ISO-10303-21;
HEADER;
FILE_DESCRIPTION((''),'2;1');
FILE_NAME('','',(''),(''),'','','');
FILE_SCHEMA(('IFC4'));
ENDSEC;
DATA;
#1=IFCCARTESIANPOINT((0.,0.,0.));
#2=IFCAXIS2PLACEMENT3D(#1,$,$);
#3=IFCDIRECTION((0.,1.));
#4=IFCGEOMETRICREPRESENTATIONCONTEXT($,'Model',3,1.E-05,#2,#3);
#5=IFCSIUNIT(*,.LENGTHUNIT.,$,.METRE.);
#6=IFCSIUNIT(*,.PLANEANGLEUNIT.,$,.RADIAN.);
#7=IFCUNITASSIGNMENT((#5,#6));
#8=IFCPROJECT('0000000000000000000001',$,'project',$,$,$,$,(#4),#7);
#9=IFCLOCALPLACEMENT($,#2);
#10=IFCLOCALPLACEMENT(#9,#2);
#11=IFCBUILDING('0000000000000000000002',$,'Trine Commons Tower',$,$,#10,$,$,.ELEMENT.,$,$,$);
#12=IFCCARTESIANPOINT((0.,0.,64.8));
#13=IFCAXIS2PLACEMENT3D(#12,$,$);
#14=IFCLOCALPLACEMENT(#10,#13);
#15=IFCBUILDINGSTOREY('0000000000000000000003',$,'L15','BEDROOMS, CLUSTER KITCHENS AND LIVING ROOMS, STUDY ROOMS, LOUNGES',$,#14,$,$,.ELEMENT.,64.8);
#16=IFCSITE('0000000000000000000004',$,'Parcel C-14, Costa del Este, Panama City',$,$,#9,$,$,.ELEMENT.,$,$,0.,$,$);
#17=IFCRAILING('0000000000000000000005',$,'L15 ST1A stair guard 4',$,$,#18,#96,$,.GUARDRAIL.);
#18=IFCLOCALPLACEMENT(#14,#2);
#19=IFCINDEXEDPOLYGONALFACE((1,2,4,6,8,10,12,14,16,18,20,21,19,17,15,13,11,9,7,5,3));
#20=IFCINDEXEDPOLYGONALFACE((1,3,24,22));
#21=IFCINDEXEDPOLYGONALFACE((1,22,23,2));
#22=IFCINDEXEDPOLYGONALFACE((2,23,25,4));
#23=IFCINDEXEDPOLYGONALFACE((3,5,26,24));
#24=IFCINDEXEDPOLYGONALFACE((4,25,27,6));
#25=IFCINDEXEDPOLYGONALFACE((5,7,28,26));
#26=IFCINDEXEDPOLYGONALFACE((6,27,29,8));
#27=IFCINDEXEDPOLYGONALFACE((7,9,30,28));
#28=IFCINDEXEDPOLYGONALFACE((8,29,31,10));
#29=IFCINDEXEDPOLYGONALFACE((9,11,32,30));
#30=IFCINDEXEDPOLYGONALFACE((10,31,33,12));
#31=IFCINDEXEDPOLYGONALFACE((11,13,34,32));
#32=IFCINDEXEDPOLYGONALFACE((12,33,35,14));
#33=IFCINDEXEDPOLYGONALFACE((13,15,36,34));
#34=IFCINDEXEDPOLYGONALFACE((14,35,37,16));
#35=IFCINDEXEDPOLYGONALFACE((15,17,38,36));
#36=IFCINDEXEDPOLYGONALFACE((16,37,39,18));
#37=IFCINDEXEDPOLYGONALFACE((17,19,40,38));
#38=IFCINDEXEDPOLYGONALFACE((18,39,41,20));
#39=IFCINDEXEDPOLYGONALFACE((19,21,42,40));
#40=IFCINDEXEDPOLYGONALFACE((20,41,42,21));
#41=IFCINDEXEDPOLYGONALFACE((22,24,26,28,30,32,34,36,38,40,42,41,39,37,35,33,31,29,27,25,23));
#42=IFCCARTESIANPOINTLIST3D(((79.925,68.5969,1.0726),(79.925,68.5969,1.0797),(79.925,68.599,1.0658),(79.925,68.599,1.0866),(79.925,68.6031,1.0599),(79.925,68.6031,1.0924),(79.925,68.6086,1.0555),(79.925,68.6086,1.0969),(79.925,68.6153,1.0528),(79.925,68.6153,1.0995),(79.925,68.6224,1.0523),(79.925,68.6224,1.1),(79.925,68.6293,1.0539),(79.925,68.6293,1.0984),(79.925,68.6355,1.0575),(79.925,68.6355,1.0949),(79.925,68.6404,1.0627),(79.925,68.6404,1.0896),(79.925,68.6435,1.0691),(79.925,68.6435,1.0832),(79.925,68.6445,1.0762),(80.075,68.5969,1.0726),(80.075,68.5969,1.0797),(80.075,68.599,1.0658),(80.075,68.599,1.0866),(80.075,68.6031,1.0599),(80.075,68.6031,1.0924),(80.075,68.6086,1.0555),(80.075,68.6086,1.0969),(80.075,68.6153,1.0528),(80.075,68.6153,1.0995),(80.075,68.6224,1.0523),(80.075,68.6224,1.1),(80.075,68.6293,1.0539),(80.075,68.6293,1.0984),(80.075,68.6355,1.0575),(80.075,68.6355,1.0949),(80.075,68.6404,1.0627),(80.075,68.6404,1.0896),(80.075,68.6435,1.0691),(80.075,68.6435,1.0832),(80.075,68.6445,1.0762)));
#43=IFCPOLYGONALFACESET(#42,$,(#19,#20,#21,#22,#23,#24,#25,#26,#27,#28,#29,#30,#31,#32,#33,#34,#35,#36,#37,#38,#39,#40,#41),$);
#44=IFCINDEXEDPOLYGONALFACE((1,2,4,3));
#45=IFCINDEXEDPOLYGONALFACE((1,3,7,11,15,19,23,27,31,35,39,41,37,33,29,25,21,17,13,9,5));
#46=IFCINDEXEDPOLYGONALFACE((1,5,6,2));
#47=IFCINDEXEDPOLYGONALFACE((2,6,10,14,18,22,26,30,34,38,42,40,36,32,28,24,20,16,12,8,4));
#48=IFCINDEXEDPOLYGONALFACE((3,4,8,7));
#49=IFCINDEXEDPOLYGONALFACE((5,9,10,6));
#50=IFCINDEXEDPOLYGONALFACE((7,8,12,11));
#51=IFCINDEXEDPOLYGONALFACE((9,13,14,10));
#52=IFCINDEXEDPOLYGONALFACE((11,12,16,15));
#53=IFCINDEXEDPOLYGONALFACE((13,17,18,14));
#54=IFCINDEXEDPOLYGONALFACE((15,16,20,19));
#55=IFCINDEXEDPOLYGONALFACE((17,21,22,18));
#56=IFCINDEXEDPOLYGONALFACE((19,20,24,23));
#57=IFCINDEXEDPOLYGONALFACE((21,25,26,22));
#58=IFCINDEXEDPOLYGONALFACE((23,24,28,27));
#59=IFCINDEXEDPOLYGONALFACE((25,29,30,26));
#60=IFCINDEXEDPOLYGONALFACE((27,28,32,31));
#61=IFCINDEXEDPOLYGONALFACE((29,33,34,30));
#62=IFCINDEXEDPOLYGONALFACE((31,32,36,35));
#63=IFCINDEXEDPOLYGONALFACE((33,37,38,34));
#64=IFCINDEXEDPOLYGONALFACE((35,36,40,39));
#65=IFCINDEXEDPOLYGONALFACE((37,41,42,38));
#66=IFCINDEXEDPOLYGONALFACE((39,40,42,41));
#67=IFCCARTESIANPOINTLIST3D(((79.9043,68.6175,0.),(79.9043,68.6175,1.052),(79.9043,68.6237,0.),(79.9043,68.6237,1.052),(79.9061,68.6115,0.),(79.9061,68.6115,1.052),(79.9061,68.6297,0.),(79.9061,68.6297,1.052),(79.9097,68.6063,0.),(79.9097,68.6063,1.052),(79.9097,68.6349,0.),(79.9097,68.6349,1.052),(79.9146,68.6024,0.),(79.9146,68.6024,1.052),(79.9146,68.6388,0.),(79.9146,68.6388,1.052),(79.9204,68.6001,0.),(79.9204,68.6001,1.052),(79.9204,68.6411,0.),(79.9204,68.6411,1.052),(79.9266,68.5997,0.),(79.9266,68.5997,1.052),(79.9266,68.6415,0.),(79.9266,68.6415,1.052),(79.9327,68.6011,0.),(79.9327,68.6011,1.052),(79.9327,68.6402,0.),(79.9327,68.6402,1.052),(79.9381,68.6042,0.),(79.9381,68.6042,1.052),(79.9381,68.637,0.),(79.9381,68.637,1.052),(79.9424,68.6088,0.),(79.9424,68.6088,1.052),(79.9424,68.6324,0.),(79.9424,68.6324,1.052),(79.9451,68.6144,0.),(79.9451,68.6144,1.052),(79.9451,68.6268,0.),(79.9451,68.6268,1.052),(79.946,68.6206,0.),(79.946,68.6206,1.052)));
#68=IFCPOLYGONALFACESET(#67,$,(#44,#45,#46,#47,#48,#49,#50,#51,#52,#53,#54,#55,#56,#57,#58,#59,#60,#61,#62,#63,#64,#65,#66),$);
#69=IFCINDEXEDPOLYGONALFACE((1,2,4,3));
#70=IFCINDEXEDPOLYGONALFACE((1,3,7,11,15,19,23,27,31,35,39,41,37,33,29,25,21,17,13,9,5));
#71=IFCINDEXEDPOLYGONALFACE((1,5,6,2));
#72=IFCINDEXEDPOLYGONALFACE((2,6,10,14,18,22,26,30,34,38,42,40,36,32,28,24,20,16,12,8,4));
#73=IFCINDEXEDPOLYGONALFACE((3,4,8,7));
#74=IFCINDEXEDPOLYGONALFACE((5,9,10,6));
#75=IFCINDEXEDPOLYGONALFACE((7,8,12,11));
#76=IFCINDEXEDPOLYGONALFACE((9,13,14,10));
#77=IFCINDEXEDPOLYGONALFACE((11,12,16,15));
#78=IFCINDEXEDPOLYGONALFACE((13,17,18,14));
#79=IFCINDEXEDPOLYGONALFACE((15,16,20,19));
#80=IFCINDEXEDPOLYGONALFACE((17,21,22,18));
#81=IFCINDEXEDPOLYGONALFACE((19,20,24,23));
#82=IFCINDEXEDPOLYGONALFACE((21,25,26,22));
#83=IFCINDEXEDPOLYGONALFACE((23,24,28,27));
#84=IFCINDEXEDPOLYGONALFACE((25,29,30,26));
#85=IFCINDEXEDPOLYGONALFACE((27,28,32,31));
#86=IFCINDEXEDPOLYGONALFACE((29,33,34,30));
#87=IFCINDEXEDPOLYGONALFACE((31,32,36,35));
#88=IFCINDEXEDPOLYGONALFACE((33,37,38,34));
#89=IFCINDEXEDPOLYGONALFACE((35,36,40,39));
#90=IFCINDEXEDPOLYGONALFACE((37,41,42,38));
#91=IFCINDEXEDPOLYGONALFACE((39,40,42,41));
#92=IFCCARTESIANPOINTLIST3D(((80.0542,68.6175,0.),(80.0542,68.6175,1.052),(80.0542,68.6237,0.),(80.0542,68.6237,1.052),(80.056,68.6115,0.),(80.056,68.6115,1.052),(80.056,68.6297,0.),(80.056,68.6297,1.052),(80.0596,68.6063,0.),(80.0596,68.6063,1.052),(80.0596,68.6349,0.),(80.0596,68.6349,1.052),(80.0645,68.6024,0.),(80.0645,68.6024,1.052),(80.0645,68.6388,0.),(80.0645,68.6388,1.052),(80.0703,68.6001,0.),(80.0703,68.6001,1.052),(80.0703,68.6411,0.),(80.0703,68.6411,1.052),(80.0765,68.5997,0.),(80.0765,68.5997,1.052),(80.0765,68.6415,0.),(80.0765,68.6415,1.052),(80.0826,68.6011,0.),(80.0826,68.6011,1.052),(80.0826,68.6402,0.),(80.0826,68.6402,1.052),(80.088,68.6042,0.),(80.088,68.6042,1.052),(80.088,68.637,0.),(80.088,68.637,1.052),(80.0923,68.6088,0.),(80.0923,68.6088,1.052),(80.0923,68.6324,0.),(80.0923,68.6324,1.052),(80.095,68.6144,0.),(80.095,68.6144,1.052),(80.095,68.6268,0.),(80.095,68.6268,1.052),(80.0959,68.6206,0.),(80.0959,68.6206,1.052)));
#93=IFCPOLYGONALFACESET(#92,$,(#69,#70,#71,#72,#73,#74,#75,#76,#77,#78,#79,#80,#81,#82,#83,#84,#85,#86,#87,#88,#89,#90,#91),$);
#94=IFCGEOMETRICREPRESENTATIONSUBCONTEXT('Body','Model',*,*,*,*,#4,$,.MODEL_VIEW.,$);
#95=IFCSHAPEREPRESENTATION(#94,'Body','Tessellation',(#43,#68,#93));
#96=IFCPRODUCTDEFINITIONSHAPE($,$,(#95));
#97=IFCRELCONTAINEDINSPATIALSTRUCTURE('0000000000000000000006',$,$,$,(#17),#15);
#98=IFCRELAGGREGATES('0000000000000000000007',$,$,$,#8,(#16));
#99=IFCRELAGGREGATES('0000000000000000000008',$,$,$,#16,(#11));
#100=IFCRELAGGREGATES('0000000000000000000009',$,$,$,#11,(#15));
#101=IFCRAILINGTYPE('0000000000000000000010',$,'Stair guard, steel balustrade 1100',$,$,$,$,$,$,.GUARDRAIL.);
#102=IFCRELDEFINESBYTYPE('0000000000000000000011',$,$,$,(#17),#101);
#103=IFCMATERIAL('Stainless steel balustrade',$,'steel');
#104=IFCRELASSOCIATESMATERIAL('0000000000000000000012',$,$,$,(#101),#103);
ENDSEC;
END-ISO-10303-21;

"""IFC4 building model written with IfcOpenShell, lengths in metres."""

from ifc_helpers import new_model, si_unit, direction, frame, origin, origin_2d, place, context, subcontext, project, spatial, circle, extrude, material, type_object, element, save


model = new_model("IFC4")

# Units and contexts
model_context = context("Model", 3, precision=1e-05, world=origin(), true_north=direction((0.0, 1.0)))
body_context = subcontext(model_context, "Body", "Model", "MODEL_VIEW")
ifc_project = project(units=[si_unit("LENGTHUNIT", "METRE"), si_unit("PLANEANGLEUNIT", "RADIAN")], contexts=[model_context])

# Site, building, storey
site_placement = place(None, origin())
site = spatial("IfcSite", under=ifc_project, at=site_placement, Name="Parcel C-14, Costa del Este, Panama City", CompositionType="ELEMENT", RefElevation=0.0)
building_placement = place(site_placement, origin())
building = spatial("IfcBuilding", under=site, at=building_placement, Name="Trine Commons Tower", CompositionType="ELEMENT")
storey_placement = place(building_placement, frame((0.0, 0.0, 64.8)))
storey = spatial("IfcBuildingStorey", under=building, at=storey_placement, Name="L15", Description="BEDROOMS, CLUSTER KITCHENS AND LIVING ROOMS, STUDY ROOMS, LOUNGES", CompositionType="ELEMENT", Elevation=64.8)

# Railing
ifc_material_1 = material(Name="Stainless steel balustrade", Category="steel")
railing_type_1 = type_object("IfcRailingType", Name="Stair guard, steel balustrade 1100", PredefinedType="GUARDRAIL", material=ifc_material_1)
railing_1_placement = place(storey_placement, frame((79.925, 68.6206, 0.0)))
element("IfcRailing", 1, at=railing_1_placement, inside=storey, type_object=railing_type_1, Name="L15 ST1A stair guard 4", PredefinedType="GUARDRAIL", context=body_context, shape_type="SweptSolid", body=[
    extrude(circle(Radius=0.0239, at=origin_2d()), frame((0.0, 0.0, 1.0762), z_axis=(1.0, 0.0, 0.0), x_axis=(0.0, 1.0, 0.0)), (0.0, 0.0, 1.0), 0.1499),
    extrude(circle(Radius=0.021, at=origin_2d()), origin(), (0.0, 0.0, 1.0), 1.052),
    extrude(circle(Radius=0.021, at=origin_2d()), frame((0.1499, 0.0, 0.0)), (0.0, 0.0, 1.0), 1.052),
])

save(model, "model.ifc")
